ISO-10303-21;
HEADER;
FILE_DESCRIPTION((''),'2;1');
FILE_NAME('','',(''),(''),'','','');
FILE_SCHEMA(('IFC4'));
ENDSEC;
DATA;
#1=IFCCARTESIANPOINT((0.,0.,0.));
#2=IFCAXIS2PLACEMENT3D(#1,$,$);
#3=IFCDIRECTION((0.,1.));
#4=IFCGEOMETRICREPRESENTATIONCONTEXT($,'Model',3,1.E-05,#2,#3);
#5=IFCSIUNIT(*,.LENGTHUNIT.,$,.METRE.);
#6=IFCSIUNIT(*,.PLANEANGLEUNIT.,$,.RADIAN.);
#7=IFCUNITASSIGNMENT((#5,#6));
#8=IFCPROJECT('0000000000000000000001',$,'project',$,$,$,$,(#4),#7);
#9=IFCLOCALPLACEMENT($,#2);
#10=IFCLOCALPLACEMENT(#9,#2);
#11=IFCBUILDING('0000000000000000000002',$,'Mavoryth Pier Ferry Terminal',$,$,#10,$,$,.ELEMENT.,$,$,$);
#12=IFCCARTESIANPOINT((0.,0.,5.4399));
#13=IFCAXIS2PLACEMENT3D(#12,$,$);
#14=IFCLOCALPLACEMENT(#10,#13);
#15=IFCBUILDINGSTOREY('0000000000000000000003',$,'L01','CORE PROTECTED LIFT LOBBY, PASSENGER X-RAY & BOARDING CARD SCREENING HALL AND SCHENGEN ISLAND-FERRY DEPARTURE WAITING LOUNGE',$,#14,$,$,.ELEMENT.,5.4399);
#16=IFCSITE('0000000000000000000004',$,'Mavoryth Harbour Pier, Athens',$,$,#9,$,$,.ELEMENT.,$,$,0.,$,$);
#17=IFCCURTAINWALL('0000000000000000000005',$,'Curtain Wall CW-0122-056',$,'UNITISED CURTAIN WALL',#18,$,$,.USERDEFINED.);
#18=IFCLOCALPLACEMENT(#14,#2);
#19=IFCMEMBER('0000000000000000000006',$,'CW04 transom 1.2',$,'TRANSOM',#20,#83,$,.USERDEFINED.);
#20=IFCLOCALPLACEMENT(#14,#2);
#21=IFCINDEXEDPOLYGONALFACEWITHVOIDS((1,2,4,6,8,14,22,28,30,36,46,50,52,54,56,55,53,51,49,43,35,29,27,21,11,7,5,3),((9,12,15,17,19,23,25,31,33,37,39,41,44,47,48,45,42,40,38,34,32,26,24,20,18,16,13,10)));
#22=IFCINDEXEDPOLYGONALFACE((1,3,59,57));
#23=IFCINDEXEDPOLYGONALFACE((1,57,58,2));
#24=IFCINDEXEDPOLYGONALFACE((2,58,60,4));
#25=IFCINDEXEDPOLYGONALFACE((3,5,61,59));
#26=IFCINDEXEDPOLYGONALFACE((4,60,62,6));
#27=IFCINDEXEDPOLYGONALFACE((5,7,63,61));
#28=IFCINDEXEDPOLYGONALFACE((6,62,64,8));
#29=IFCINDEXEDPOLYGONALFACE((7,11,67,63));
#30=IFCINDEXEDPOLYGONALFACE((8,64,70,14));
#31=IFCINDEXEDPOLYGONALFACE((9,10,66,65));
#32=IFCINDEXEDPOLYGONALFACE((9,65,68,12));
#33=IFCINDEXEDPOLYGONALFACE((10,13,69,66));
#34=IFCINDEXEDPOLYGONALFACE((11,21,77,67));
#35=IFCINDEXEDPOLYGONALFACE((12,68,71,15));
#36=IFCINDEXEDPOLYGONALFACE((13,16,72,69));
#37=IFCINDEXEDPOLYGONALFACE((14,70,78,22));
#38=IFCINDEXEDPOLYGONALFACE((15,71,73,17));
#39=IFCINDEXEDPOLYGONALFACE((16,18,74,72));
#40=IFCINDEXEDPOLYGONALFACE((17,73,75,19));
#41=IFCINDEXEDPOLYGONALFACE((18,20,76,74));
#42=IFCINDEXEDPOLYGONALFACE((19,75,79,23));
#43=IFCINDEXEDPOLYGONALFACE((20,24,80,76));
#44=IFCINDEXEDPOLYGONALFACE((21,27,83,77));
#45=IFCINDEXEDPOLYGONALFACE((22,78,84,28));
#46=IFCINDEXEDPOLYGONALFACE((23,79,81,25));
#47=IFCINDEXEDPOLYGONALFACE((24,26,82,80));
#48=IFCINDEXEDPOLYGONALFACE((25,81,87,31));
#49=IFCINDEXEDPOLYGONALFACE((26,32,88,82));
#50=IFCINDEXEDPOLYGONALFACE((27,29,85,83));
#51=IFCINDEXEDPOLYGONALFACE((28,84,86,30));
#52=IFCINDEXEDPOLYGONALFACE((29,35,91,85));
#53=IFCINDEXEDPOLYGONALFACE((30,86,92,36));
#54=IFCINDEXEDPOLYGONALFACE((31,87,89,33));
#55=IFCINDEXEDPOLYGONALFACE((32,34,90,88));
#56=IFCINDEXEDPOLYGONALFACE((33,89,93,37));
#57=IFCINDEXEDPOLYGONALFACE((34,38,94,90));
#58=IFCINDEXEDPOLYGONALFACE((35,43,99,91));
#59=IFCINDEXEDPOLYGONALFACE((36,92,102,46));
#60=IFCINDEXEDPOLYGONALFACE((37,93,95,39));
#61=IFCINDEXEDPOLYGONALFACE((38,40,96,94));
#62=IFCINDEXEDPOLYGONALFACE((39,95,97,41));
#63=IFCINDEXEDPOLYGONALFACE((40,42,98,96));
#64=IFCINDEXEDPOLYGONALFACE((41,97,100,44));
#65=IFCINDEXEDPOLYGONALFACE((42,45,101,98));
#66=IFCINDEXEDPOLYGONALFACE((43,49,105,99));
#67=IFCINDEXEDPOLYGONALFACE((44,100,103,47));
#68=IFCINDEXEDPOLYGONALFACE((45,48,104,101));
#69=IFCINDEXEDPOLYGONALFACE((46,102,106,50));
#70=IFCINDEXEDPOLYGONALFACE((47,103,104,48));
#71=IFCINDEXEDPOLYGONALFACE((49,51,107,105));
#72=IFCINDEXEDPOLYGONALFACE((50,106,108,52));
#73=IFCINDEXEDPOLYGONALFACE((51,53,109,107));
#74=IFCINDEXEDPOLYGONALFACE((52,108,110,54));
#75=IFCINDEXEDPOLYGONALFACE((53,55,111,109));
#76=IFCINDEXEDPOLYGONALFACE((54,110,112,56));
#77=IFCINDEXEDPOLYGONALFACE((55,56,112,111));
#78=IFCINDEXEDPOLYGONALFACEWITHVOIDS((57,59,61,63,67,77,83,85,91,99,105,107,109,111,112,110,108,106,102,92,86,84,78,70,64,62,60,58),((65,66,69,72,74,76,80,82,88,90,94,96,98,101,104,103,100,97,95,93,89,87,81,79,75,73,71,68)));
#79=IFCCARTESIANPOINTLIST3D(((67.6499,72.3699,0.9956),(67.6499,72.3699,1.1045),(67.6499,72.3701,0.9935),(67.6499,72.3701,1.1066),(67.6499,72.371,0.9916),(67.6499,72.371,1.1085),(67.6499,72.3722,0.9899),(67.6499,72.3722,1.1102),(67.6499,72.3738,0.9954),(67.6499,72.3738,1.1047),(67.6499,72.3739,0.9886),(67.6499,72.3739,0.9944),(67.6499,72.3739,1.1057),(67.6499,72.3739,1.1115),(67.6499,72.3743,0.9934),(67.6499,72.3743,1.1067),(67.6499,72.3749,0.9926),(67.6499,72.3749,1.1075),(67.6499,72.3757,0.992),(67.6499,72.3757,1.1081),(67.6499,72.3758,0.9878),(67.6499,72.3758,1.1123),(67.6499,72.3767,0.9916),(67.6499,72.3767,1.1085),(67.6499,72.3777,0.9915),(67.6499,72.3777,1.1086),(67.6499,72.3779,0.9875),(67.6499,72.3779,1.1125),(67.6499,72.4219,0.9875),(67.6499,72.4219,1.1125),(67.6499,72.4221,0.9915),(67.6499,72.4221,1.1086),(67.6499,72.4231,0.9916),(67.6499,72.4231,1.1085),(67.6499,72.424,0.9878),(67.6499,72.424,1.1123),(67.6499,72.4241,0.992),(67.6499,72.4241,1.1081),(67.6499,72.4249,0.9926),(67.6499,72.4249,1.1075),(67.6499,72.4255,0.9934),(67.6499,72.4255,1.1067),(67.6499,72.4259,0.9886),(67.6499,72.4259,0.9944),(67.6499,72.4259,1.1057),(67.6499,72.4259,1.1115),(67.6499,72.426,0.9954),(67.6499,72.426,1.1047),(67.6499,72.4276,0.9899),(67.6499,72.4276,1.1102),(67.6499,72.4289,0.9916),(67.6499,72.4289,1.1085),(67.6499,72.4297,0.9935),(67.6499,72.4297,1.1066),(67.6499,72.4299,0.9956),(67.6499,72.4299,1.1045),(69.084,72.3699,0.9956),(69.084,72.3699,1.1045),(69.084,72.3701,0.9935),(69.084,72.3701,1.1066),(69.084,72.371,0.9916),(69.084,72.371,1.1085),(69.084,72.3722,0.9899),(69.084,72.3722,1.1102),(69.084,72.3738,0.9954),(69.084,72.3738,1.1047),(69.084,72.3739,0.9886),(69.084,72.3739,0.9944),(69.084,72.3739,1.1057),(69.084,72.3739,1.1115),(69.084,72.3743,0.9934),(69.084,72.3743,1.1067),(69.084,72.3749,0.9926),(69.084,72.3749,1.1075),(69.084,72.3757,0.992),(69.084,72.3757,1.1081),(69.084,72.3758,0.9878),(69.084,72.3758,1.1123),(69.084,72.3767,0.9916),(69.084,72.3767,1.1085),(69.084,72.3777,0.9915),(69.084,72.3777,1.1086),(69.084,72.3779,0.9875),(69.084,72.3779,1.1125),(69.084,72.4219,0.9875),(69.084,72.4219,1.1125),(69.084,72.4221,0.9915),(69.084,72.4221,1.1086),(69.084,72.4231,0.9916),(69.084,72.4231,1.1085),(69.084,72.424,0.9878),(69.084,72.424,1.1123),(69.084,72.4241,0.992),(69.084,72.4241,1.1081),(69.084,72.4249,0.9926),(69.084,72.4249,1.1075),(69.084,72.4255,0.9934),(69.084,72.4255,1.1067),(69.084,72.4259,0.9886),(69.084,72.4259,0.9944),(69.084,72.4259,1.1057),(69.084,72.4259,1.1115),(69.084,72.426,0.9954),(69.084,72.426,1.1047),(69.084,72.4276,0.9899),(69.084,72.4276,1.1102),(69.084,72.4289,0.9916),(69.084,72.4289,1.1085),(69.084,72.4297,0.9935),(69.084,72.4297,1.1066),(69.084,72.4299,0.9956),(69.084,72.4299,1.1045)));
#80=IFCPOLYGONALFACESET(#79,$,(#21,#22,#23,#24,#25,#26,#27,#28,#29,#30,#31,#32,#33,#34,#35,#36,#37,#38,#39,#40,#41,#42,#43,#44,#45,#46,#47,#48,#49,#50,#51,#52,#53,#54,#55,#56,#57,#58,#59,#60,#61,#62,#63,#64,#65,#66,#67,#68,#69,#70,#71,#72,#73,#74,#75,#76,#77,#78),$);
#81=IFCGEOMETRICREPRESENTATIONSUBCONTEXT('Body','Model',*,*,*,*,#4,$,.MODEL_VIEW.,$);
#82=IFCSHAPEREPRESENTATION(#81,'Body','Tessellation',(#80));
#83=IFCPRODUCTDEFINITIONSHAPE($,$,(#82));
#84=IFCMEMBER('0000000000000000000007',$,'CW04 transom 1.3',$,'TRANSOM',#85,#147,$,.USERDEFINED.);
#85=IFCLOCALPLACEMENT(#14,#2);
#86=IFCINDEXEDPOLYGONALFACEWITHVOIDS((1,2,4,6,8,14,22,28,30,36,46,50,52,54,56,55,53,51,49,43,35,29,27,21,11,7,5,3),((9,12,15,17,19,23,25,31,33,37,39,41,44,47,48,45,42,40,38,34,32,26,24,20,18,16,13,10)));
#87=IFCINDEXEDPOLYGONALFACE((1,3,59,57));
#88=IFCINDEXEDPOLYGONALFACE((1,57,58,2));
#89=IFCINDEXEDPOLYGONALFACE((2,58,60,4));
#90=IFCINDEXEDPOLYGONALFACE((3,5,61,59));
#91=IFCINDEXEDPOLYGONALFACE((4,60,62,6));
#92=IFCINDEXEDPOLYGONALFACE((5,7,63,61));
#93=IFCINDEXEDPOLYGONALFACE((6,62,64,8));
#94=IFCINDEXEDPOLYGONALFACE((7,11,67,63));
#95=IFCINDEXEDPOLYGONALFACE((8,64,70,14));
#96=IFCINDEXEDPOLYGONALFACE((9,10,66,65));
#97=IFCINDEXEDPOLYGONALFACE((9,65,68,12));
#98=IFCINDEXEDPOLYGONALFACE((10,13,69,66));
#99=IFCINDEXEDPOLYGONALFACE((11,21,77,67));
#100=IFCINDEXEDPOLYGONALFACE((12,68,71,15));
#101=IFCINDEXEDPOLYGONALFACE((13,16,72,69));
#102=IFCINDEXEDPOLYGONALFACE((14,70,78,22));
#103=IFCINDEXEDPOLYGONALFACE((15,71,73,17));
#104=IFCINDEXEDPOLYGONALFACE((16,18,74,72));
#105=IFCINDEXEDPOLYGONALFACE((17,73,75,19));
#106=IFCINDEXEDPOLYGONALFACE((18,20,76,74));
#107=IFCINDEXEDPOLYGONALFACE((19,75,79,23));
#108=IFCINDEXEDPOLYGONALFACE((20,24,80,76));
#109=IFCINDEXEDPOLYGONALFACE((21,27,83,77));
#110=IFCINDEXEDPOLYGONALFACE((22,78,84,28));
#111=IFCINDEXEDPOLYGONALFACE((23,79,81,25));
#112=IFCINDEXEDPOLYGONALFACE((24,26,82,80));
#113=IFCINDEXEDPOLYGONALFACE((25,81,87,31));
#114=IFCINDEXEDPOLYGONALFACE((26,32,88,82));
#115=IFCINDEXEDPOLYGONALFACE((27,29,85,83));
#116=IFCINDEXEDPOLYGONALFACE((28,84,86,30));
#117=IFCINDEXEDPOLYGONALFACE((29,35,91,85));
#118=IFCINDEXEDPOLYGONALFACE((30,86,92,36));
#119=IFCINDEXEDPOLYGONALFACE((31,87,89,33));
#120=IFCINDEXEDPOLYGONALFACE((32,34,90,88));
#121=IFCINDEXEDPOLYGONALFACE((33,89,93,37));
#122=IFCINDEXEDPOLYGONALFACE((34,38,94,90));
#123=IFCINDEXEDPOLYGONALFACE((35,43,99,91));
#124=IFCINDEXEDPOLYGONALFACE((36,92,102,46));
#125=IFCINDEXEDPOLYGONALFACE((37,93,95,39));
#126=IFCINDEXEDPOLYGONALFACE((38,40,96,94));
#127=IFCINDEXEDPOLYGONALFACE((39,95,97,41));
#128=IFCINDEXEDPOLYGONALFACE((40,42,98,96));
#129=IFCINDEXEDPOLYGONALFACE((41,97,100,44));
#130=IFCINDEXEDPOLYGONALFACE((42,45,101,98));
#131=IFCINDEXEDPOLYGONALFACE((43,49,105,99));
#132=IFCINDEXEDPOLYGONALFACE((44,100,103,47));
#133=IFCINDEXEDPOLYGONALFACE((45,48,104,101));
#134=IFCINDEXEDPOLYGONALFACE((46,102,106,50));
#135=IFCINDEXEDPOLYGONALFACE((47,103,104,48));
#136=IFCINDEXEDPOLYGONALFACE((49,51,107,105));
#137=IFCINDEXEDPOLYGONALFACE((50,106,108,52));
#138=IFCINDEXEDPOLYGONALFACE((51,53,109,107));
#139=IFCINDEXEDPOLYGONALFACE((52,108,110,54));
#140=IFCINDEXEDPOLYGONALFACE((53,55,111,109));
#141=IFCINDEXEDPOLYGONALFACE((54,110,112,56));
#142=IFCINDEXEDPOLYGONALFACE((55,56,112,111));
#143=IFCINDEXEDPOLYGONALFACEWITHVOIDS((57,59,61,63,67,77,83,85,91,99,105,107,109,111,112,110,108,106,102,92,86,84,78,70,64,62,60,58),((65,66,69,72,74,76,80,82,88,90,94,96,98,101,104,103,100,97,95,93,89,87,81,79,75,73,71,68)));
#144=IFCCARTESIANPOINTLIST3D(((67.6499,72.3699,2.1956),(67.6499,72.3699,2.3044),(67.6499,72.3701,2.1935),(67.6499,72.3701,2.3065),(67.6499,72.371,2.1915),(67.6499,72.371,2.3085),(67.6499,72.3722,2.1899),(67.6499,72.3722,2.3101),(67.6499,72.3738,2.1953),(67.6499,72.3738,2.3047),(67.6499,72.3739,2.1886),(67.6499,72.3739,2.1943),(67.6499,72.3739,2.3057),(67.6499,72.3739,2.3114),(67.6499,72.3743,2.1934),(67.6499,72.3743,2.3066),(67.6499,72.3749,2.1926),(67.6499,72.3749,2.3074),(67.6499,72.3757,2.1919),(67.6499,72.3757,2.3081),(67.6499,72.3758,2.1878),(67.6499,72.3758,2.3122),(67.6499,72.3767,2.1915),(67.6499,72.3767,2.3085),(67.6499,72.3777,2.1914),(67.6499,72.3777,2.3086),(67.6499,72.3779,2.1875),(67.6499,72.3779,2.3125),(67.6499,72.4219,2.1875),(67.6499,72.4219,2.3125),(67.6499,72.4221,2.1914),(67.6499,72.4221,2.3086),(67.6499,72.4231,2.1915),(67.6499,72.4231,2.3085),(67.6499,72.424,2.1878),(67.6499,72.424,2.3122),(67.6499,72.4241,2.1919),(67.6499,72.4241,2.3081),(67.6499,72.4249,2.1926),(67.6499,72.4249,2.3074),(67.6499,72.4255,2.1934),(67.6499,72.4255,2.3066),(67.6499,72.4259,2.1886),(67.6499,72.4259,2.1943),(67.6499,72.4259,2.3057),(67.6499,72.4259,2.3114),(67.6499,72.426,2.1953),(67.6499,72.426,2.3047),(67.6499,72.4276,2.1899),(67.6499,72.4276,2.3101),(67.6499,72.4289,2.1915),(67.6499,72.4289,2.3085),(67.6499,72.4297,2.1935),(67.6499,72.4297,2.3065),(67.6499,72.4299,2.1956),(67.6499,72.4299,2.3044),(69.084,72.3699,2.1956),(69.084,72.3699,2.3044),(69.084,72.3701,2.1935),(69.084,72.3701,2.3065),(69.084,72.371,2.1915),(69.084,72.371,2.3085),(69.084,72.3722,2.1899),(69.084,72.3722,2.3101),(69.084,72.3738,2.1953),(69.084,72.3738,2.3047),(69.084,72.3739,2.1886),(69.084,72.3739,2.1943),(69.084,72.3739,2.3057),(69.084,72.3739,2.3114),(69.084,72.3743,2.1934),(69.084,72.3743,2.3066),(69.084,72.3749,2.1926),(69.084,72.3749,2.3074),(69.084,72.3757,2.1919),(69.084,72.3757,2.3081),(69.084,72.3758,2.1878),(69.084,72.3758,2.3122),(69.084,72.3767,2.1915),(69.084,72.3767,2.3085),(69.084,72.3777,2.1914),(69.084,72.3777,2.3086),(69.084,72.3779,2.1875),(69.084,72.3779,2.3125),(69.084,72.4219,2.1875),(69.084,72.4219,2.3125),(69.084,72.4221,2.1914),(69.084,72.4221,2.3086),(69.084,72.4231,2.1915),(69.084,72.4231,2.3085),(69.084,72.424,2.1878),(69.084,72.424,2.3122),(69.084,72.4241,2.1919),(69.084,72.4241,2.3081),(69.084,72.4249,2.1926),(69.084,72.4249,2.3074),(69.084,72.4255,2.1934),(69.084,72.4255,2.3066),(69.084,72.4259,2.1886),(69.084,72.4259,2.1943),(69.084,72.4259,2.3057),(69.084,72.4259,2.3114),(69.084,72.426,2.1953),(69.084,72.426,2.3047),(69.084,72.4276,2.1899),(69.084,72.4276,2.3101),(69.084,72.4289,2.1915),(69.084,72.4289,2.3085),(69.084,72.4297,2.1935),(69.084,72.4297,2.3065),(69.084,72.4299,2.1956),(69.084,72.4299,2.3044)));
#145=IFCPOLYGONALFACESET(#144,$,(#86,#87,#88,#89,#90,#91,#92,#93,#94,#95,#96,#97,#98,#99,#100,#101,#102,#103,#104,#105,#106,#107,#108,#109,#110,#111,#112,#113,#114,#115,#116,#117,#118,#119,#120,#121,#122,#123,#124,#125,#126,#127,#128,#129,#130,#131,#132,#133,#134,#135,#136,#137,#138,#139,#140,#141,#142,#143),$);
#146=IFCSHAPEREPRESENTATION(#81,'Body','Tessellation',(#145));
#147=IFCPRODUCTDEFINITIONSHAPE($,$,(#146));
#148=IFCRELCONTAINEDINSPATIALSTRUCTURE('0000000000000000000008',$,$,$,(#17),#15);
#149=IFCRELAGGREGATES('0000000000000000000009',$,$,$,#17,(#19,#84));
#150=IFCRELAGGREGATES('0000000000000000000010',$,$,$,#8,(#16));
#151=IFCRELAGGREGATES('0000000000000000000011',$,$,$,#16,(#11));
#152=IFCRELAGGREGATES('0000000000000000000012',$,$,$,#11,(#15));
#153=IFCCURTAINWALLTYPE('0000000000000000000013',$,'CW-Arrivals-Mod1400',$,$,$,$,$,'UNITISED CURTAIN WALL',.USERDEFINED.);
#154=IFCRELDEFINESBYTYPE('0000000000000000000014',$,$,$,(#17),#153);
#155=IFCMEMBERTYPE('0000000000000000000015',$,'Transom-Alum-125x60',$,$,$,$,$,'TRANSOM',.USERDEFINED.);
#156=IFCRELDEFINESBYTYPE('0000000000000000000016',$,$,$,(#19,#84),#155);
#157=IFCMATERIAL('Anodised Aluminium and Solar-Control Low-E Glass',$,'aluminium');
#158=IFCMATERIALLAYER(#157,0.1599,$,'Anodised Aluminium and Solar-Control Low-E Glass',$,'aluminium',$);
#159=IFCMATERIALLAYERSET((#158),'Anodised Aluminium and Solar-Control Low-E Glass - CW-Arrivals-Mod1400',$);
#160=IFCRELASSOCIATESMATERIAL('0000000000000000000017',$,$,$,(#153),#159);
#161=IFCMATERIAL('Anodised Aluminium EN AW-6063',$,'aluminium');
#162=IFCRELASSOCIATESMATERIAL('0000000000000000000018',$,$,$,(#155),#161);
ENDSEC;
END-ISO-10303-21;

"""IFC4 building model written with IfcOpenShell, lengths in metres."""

from ifc_helpers import new_model, si_unit, direction, frame, origin, origin_2d, place, context, subcontext, project, spatial, hollow_rectangle, extrude, material, layer, layer_set, material_profile, profile_set, type_object, element, aggregate, save


model = new_model("IFC4")

# Units and contexts
model_context = context("Model", 3, precision=1e-05, world=origin(), true_north=direction((0.0, 1.0)))
body_context = subcontext(model_context, "Body", "Model", "MODEL_VIEW")
ifc_project = project(units=[si_unit("LENGTHUNIT", "METRE"), si_unit("PLANEANGLEUNIT", "RADIAN")], contexts=[model_context])

# Site, building, storey
site_placement = place(None, origin())
site = spatial("IfcSite", under=ifc_project, at=site_placement, Name="Mavoryth Harbour Pier, Athens", CompositionType="ELEMENT", RefElevation=0.0)
building_placement = place(site_placement, origin())
building = spatial("IfcBuilding", under=site, at=building_placement, Name="Mavoryth Pier Ferry Terminal", CompositionType="ELEMENT")
storey_placement = place(building_placement, frame((0.0, 0.0, 5.4399)))
storey = spatial("IfcBuildingStorey", under=building, at=storey_placement, Name="L01", Description="CORE PROTECTED LIFT LOBBY, PASSENGER X-RAY & BOARDING CARD SCREENING HALL AND SCHENGEN ISLAND-FERRY DEPARTURE WAITING LOUNGE", CompositionType="ELEMENT", Elevation=5.4399)

# Curtain wall, members
ifc_material_1 = material(Name="Anodised Aluminium and Solar-Control Low-E Glass", Category="aluminium")
ifc_layer_1 = layer(ifc_material_1, 0.1599, Name="Anodised Aluminium and Solar-Control Low-E Glass", Category="aluminium")
ifc_layer_set_1 = layer_set([ifc_layer_1], Name="Anodised Aluminium and Solar-Control Low-E Glass - CW-Arrivals-Mod1400")
curtain_wall_type = type_object("IfcCurtainWallType", Name="CW-Arrivals-Mod1400", ElementType="UNITISED CURTAIN WALL", PredefinedType="USERDEFINED", material=ifc_layer_set_1)
curtain_wall_placement = place(storey_placement, origin())
curtain_wall = element("IfcCurtainWall", 1, at=curtain_wall_placement, inside=storey, type_object=curtain_wall_type, Name="Curtain Wall CW-0122-056", ObjectType="UNITISED CURTAIN WALL", PredefinedType="USERDEFINED")
ifc_material_2 = material(Name="Anodised Aluminium EN AW-6063", Category="aluminium")
ifc_material_profile_1 = material_profile(ifc_material_2, hollow_rectangle(XDim=0.0601, YDim=0.125, WallThickness=0.0039, InnerFilletRadius=0.0039, OuterFilletRadius=0.0081, at=origin_2d()), Name="AL-TRAN 125x60x4", Category="aluminium")
ifc_profile_set_1 = profile_set([ifc_material_profile_1], Name="Anodised Aluminium EN AW-6063 - AL-TRAN 125x60x4")
member_type_1 = type_object("IfcMemberType", Name="Transom-Alum-125x60", ElementType="TRANSOM", PredefinedType="USERDEFINED", material=ifc_profile_set_1)
member_1_placement = place(storey_placement, frame((67.6499, 72.3999, 1.05), z_axis=(1.0, 0.0, 0.0), x_axis=(0.0, 1.0, 0.0)))
member_1 = element("IfcMember", 2, at=member_1_placement, type_object=member_type_1, Name="CW04 transom 1.2", ObjectType="TRANSOM", PredefinedType="USERDEFINED", context=body_context, shape_type="SweptSolid", body=[
    extrude(hollow_rectangle(XDim=0.0601, YDim=0.125, WallThickness=0.0039, InnerFilletRadius=0.0039, OuterFilletRadius=0.0081, at=origin_2d()), origin(), (0.0, 0.0, 1.0), 1.4341),
])
member_2_placement = place(storey_placement, frame((67.6499, 72.3999, 2.25), z_axis=(1.0, 0.0, 0.0), x_axis=(0.0, 1.0, 0.0)))
member_2 = element("IfcMember", 3, at=member_2_placement, type_object=member_type_1, Name="CW04 transom 1.3", ObjectType="TRANSOM", PredefinedType="USERDEFINED", context=body_context, shape_type="SweptSolid", body=[
    extrude(hollow_rectangle(XDim=0.0601, YDim=0.125, WallThickness=0.0039, InnerFilletRadius=0.0039, OuterFilletRadius=0.0081, at=origin_2d()), origin(), (0.0, 0.0, 1.0), 1.4341),
])
aggregate(curtain_wall, [member_1, member_2])

save(model, "model.ifc")
